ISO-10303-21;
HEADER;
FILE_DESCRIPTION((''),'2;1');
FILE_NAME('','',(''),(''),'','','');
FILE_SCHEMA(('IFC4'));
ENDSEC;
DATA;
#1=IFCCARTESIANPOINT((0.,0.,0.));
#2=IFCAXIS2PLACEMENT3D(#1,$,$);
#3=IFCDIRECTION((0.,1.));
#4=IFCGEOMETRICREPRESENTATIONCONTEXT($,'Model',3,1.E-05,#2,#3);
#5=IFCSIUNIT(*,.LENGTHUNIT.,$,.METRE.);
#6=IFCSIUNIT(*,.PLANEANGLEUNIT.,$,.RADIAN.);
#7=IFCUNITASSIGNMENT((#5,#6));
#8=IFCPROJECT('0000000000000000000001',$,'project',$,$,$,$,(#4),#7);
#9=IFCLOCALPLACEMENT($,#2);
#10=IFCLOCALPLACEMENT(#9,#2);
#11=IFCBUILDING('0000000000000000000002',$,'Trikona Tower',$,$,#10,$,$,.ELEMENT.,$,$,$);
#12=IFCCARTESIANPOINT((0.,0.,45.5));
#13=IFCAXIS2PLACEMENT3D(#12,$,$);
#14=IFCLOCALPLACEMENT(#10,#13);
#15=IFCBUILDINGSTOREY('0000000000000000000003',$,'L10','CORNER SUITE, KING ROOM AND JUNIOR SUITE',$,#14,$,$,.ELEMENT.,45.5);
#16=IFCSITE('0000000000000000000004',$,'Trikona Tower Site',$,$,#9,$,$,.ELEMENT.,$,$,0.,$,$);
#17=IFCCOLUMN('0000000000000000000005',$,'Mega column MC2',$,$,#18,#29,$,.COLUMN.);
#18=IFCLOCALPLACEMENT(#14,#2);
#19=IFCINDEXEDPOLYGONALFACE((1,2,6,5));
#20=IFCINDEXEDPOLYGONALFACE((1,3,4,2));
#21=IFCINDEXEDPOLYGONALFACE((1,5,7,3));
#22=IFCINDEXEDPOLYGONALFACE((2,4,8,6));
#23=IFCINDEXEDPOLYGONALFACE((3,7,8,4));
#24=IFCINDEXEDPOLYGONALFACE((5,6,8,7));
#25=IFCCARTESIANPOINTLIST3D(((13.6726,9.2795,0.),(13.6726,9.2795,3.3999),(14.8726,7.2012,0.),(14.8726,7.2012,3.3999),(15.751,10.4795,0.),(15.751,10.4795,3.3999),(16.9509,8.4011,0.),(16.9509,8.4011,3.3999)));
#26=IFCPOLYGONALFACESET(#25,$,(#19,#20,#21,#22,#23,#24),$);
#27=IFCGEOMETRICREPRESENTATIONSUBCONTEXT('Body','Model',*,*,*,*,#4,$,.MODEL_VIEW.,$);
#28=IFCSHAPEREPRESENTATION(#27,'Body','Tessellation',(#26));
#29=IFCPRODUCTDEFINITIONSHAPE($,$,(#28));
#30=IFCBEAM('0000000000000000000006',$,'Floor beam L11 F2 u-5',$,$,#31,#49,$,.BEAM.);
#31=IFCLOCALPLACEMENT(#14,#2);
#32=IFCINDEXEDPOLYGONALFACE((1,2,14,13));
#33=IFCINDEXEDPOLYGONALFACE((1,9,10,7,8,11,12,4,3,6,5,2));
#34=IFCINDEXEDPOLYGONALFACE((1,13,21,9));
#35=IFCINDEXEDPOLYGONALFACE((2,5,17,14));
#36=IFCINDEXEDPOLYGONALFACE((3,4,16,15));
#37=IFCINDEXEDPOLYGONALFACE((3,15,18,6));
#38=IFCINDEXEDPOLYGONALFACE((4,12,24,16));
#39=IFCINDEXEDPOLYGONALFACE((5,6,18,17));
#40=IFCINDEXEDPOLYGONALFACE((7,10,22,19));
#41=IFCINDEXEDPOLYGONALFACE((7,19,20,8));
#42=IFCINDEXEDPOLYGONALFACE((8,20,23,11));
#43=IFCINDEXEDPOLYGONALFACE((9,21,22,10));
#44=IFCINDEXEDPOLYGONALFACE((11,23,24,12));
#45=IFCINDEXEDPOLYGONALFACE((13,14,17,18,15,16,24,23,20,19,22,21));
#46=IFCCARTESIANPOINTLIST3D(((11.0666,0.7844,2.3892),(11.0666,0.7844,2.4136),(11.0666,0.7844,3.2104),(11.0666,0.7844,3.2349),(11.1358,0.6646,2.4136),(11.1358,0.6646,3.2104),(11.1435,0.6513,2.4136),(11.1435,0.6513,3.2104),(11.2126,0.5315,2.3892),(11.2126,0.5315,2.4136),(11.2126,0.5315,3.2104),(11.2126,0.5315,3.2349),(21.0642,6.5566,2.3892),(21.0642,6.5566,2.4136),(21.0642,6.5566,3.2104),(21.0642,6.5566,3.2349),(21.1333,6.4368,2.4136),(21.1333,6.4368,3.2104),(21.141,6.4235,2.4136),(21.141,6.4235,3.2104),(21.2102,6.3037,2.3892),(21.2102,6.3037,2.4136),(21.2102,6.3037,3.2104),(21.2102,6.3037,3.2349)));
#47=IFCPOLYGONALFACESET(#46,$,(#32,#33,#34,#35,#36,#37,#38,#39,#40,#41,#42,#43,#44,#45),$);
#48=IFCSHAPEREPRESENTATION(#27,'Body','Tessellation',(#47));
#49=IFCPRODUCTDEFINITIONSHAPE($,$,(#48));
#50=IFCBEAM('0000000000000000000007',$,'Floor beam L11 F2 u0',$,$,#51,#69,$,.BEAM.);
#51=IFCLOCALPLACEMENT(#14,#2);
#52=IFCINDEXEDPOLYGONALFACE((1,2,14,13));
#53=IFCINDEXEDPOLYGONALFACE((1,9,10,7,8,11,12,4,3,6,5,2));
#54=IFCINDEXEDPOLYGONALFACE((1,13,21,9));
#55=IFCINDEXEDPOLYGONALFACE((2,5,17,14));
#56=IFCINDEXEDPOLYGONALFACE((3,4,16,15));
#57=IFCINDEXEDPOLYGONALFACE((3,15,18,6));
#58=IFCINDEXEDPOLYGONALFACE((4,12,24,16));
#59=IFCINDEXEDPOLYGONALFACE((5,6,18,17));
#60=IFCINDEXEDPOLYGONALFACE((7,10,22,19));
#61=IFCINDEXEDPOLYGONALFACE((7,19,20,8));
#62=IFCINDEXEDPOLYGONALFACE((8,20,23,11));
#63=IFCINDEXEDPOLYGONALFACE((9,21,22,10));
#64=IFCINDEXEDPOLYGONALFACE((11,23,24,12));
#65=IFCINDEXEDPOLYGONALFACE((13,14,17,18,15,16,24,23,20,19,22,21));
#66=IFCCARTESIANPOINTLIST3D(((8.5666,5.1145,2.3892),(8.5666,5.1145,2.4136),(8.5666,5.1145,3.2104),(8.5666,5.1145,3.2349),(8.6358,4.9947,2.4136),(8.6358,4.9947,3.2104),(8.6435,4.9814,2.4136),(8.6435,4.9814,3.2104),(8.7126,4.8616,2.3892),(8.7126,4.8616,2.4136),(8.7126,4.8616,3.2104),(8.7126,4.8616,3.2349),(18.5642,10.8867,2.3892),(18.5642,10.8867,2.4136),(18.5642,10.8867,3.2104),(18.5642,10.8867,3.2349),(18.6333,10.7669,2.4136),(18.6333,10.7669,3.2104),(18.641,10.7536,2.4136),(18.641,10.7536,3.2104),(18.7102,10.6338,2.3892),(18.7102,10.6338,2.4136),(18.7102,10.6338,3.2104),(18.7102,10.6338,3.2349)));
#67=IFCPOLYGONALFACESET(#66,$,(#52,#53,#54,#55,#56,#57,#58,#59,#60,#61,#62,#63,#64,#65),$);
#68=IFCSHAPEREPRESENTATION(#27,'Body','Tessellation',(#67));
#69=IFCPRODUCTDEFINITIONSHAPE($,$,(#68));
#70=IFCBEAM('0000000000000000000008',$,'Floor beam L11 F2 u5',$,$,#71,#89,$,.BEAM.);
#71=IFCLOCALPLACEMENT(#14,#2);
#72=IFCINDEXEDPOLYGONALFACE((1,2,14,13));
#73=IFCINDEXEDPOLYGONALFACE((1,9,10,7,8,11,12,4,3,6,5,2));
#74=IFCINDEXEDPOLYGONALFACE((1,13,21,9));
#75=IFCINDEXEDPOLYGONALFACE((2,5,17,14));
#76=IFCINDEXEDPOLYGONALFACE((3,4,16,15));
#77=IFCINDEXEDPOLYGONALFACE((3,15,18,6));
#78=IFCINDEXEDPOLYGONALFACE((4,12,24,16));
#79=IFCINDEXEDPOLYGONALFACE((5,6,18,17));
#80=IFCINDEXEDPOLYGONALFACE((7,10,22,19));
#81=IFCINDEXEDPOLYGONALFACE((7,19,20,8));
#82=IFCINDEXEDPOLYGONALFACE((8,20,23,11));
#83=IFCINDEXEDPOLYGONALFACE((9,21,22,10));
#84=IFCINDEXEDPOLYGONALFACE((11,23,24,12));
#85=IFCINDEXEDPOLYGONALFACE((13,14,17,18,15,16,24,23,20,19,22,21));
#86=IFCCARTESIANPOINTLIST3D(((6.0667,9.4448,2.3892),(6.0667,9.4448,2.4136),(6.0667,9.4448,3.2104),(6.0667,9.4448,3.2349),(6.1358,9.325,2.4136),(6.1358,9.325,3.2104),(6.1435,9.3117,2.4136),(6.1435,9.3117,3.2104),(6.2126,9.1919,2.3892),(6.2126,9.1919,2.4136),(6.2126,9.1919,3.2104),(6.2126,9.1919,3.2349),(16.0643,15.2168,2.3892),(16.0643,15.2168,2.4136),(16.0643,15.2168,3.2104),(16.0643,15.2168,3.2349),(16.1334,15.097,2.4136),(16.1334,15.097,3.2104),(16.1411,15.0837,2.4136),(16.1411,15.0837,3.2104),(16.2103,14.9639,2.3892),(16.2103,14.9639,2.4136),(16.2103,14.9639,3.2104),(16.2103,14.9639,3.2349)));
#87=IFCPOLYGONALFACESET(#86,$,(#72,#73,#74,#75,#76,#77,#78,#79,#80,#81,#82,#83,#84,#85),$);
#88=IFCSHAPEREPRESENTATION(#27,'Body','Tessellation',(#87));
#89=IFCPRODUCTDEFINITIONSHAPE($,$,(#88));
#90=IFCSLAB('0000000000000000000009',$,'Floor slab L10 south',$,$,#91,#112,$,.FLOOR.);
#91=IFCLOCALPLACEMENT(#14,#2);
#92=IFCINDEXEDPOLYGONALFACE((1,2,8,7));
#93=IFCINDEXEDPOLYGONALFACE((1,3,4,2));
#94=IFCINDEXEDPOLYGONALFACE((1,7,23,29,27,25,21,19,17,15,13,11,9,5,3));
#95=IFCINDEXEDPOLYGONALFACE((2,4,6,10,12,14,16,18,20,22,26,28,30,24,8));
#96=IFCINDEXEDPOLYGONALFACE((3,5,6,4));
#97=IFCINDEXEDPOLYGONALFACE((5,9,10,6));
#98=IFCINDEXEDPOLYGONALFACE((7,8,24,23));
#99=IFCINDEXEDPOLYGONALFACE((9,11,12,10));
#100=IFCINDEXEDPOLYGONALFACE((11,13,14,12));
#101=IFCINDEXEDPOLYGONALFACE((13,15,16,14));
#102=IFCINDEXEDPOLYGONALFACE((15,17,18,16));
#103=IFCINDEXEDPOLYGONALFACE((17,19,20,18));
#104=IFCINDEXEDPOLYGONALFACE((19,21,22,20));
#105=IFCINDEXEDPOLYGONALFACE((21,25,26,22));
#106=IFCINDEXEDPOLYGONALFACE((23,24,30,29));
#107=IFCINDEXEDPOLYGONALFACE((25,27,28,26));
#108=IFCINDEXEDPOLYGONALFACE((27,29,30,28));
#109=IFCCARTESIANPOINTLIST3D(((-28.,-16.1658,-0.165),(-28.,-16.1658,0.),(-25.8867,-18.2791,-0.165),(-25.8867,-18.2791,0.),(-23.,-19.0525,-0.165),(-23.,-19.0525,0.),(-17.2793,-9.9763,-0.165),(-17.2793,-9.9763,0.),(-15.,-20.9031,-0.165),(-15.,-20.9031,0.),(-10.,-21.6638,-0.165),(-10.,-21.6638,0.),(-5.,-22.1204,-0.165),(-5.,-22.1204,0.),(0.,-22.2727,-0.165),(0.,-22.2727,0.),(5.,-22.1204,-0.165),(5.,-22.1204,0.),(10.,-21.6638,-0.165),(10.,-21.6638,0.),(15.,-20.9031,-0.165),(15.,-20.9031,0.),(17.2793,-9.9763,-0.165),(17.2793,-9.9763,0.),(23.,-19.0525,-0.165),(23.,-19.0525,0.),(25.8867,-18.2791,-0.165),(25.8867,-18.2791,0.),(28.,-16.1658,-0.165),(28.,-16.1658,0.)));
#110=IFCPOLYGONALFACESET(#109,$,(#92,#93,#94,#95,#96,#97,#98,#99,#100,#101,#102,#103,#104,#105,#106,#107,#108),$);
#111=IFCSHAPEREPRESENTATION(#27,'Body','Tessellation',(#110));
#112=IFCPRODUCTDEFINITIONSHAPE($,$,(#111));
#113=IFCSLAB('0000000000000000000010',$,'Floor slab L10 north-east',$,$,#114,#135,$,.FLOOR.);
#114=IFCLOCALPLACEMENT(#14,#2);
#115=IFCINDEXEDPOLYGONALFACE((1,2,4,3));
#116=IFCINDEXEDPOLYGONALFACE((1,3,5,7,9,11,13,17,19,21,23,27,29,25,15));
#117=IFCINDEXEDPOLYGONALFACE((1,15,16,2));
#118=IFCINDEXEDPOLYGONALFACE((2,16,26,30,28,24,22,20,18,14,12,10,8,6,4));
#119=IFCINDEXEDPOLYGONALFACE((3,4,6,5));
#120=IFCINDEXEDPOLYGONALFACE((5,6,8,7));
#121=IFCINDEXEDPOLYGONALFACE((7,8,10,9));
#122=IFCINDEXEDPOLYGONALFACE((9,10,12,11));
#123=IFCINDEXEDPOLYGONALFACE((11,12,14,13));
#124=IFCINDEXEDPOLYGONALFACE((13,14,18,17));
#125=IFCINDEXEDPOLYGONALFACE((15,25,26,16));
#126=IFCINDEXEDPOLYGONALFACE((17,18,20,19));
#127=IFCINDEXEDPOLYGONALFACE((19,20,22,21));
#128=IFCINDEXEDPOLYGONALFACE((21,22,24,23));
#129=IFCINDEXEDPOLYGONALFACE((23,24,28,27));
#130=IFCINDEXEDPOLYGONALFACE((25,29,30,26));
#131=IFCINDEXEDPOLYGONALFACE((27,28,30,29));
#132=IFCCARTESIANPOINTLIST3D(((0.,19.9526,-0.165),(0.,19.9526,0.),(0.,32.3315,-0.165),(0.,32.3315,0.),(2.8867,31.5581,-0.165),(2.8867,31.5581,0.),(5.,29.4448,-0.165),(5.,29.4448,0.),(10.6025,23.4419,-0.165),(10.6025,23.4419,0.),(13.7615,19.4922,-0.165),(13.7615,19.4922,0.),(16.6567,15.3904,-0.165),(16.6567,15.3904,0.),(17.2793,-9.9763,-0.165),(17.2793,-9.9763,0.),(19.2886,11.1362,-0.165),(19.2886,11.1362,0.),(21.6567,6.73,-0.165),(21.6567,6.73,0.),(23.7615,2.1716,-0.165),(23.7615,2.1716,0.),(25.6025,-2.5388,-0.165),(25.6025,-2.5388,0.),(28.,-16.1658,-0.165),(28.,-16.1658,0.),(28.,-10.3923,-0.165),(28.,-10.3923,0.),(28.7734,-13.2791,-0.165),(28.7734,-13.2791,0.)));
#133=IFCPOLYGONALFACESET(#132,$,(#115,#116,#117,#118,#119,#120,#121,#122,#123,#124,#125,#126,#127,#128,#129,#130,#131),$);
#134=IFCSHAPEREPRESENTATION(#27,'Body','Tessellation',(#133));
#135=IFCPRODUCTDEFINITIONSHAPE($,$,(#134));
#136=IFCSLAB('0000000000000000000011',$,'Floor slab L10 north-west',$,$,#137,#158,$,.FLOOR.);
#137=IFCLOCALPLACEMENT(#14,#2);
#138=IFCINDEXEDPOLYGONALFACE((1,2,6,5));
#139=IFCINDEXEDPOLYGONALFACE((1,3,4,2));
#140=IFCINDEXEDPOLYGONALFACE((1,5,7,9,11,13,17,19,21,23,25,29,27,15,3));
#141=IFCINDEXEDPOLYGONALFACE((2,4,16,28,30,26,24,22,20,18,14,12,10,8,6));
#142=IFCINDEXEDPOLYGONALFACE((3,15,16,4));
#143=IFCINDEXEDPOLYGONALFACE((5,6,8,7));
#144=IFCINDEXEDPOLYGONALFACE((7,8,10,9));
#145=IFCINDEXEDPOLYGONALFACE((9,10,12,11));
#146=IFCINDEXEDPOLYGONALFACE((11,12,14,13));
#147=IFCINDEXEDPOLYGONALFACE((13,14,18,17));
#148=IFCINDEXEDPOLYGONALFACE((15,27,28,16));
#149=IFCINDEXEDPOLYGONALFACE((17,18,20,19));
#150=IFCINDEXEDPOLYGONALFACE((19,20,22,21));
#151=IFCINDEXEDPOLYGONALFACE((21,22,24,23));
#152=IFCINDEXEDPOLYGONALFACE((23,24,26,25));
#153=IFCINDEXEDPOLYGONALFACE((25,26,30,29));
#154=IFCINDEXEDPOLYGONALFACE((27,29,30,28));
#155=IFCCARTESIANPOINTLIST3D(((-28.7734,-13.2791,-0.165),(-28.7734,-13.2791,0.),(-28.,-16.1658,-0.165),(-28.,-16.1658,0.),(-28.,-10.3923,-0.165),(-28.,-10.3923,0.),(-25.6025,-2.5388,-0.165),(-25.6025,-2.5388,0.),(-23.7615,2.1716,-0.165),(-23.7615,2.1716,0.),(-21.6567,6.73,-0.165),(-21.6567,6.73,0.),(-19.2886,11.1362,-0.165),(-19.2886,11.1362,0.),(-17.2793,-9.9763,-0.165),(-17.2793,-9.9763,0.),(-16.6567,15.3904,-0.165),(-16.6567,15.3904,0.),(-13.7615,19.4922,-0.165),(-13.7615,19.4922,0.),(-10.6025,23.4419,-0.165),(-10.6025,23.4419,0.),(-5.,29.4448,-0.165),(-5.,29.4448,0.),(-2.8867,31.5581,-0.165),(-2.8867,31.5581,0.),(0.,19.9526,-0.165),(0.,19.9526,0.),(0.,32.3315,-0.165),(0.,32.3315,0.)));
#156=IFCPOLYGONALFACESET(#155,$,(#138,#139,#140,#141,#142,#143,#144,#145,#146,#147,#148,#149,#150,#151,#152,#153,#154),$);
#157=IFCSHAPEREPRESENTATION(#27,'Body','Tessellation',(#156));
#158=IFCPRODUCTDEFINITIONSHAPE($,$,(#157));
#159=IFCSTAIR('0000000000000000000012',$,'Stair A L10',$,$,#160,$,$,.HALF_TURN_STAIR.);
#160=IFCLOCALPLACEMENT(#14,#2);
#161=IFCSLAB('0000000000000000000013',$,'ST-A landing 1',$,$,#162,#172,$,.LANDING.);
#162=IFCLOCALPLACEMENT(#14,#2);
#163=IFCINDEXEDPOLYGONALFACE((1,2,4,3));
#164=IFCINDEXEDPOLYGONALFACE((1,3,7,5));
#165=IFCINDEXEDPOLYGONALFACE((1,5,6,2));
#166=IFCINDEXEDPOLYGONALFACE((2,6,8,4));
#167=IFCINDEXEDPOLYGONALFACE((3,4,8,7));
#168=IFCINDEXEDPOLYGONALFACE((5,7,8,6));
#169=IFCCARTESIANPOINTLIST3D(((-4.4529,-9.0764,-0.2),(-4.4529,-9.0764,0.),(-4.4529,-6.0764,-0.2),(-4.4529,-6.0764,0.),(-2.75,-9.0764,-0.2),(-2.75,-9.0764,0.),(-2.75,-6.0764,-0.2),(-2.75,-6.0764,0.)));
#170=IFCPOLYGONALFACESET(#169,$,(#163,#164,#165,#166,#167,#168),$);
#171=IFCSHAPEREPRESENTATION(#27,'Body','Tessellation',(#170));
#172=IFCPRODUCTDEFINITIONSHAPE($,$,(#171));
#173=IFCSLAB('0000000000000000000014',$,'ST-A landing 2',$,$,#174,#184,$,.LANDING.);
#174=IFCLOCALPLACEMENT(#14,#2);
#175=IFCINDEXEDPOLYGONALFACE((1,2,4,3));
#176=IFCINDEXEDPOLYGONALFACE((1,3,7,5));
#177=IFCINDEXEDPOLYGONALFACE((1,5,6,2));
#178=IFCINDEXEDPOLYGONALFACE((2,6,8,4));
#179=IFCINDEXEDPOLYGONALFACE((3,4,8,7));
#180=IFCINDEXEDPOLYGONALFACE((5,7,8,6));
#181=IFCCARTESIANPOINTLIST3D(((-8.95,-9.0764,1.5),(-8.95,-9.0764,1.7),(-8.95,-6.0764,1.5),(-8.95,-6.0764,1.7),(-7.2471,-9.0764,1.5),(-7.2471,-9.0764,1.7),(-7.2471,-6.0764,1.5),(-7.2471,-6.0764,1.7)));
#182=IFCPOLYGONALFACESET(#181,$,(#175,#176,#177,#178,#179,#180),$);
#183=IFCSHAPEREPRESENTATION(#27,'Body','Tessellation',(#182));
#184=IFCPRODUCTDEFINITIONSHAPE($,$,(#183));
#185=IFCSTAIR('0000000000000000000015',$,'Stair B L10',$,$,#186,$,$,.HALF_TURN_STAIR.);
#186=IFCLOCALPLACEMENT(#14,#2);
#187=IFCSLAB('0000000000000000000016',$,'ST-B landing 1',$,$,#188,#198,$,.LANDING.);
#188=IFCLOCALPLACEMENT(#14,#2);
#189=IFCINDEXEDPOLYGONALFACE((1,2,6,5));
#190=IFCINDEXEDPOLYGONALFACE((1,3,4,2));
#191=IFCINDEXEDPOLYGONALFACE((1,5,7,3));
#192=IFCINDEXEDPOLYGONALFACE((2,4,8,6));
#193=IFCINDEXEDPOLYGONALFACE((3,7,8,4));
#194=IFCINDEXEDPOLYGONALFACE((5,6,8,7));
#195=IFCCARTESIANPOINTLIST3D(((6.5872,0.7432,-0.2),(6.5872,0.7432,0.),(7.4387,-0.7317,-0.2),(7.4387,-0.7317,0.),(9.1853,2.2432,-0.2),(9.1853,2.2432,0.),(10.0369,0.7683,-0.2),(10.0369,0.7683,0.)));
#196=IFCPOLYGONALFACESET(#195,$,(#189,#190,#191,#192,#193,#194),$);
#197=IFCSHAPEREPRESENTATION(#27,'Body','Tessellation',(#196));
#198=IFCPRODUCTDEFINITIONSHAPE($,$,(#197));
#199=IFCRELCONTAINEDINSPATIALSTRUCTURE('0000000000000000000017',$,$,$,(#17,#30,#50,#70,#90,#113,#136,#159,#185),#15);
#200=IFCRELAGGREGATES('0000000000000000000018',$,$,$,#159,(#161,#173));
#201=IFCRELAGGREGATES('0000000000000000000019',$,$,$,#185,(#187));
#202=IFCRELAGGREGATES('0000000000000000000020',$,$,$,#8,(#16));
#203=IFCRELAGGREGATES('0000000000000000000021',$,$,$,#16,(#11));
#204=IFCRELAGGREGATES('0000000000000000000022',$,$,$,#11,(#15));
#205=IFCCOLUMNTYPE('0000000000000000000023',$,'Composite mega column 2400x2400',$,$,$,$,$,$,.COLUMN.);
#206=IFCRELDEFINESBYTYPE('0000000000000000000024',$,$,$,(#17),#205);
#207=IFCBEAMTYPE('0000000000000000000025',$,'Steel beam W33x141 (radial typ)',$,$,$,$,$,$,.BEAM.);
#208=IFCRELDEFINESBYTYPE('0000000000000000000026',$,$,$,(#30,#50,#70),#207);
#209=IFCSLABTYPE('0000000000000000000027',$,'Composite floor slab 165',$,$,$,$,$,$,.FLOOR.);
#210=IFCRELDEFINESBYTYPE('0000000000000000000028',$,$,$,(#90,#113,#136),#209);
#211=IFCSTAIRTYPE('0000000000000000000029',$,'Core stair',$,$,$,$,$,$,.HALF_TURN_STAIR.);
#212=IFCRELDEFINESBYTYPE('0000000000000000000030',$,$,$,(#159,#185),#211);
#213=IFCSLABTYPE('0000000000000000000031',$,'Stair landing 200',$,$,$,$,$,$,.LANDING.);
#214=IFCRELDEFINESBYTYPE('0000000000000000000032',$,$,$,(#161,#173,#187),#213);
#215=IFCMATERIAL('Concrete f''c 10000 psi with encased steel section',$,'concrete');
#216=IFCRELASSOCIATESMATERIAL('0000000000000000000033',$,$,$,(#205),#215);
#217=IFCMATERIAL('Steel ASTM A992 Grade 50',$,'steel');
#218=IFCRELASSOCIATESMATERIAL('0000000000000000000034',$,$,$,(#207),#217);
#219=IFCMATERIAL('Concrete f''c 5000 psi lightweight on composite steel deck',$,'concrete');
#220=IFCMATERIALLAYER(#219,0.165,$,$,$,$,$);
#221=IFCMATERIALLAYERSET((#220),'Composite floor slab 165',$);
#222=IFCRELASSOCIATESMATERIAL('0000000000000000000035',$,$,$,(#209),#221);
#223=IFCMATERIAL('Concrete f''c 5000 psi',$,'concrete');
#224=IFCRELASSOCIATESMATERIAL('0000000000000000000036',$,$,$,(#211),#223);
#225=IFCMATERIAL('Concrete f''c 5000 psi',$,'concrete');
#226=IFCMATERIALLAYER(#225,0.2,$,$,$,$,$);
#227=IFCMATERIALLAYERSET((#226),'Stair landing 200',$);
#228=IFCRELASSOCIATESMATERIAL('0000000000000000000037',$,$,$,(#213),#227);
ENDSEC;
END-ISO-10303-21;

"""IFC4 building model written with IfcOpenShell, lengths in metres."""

from ifc_helpers import new_model, si_unit, direction, frame, origin, origin_2d, place, context, subcontext, project, spatial, polyline, rectangle, i_section, outline, extrude, material, layer, layer_set, material_profile, profile_set, type_object, element, aggregate, save


model = new_model("IFC4")

# Units and contexts
model_context = context("Model", 3, precision=1e-05, world=origin(), true_north=direction((0.0, 1.0)))
body_context = subcontext(model_context, "Body", "Model", "MODEL_VIEW")
ifc_project = project(units=[si_unit("LENGTHUNIT", "METRE"), si_unit("PLANEANGLEUNIT", "RADIAN")], contexts=[model_context])

# Site, building, storey
site_placement = place(None, origin())
site = spatial("IfcSite", under=ifc_project, at=site_placement, Name="Trikona Tower Site", CompositionType="ELEMENT", RefElevation=0.0)
building_placement = place(site_placement, origin())
building = spatial("IfcBuilding", under=site, at=building_placement, Name="Trikona Tower", CompositionType="ELEMENT")
storey_placement = place(building_placement, frame((0.0, 0.0, 45.5)))
storey = spatial("IfcBuildingStorey", under=building, at=storey_placement, Name="L10", Description="CORNER SUITE, KING ROOM AND JUNIOR SUITE", CompositionType="ELEMENT", Elevation=45.5)

# Column
ifc_material_1 = material(Name="Concrete f'c 10000 psi with encased steel section", Category="concrete")
ifc_material_profile_1 = material_profile(ifc_material_1, rectangle(XDim=2.3999, YDim=2.3999, at=origin_2d()), Name="MC2400")
ifc_profile_set_1 = profile_set([ifc_material_profile_1], Name="Concrete f'c 10000 psi with encased steel section")
column_type = type_object("IfcColumnType", Name="Composite mega column 2400x2400", PredefinedType="COLUMN", material=ifc_profile_set_1)
column_placement = place(storey_placement, frame((15.3118, 8.8403, 0.0), z_axis=(0.0, 0.0, 1.0), x_axis=(0.866025, 0.5, 0.0)))
element("IfcColumn", 1, at=column_placement, inside=storey, type_object=column_type, Name="Mega column MC2", PredefinedType="COLUMN", context=body_context, shape_type="SweptSolid", body=[
    extrude(rectangle(XDim=2.3999, YDim=2.3999, at=origin_2d()), origin(), (0.0, 0.0, 1.0), 3.3999),
])

# Beams
ifc_material_2 = material(Name="Steel ASTM A992 Grade 50", Category="steel")
ifc_material_profile_2 = material_profile(ifc_material_2, i_section(OverallWidth=0.292, OverallDepth=0.8457, WebThickness=0.0154, FlangeThickness=0.0244, at=origin_2d()), Name="W33X141")
ifc_profile_set_2 = profile_set([ifc_material_profile_2], Name="Steel ASTM A992 Grade 50")
beam_type = type_object("IfcBeamType", Name="Steel beam W33x141 (radial typ)", PredefinedType="BEAM", material=ifc_profile_set_2)
for number, where, z_axis, x_axis, name in (
    (2, (11.1396, 0.658, 2.812), (0.866021, 0.500008, 0.0), (-0.500008, 0.866021, 0.0), "Floor beam L11 F2 u-5"),
    (3, (8.6396, 4.988, 2.812), (0.866021, 0.500008, 0.0), (-0.500008, 0.866021, 0.0), "Floor beam L11 F2 u0"),
    (4, (6.1396, 9.3184, 2.812), (0.86603, 0.499992, 0.0), (-0.499992, 0.86603, 0.0), "Floor beam L11 F2 u5"),
):
    element("IfcBeam", number, at=place(storey_placement, frame(where, z_axis=z_axis, x_axis=x_axis)), inside=storey, type_object=beam_type, Name=name, PredefinedType="BEAM", context=body_context, shape_type="SweptSolid", body=[
        extrude(i_section(OverallWidth=0.292, OverallDepth=0.8457, WebThickness=0.0154, FlangeThickness=0.0244, at=origin_2d()), origin(), (0.0, 0.0, 1.0), 11.5442),
    ])

# Slabs
ifc_material_3 = material(Name="Concrete f'c 5000 psi lightweight on composite steel deck", Category="concrete")
ifc_layer_1 = layer(ifc_material_3, 0.165)
ifc_layer_set_1 = layer_set([ifc_layer_1], Name="Composite floor slab 165")
slab_type_1 = type_object("IfcSlabType", Name="Composite floor slab 165", PredefinedType="FLOOR", material=ifc_layer_set_1)
slab_1_placement = place(storey_placement, frame((0.0, 0.0, -0.165)))
element("IfcSlab", 5, at=slab_1_placement, inside=storey, type_object=slab_type_1, Name="Floor slab L10 south", PredefinedType="FLOOR", context=body_context, shape_type="SweptSolid", body=[
    extrude(outline(polyline([(25.8867, -18.2791), (28.0, -16.1658), (17.2793, -9.9763), (-17.2793, -9.9763), (-28.0, -16.1658), (-25.8867, -18.2791), (-23.0, -19.0525), (-15.0, -20.9031), (-10.0, -21.6638), (-5.0, -22.1204), (0.0, -22.2727), (5.0, -22.1204), (10.0, -21.6638), (15.0, -20.9031), (23.0, -19.0525), (25.8867, -18.2791)])), origin(), (0.0, 0.0, 1.0), 0.165),
])
slab_2_placement = place(storey_placement, frame((0.0, 0.0, -0.165)))
element("IfcSlab", 6, at=slab_2_placement, inside=storey, type_object=slab_type_1, Name="Floor slab L10 north-east", PredefinedType="FLOOR", context=body_context, shape_type="SweptSolid", body=[
    extrude(outline(polyline([(2.8867, 31.5581), (0.0, 32.3315), (0.0, 19.9526), (17.2793, -9.9763), (28.0, -16.1658), (28.7734, -13.2791), (28.0, -10.3923), (25.6025, -2.5388), (23.7615, 2.1716), (21.6567, 6.73), (19.2886, 11.1362), (16.6567, 15.3904), (13.7615, 19.4922), (10.6025, 23.4419), (5.0, 29.4448), (2.8867, 31.5581)])), origin(), (0.0, 0.0, 1.0), 0.165),
])
slab_3_placement = place(storey_placement, frame((0.0, 0.0, -0.165)))
element("IfcSlab", 7, at=slab_3_placement, inside=storey, type_object=slab_type_1, Name="Floor slab L10 north-west", PredefinedType="FLOOR", context=body_context, shape_type="SweptSolid", body=[
    extrude(outline(polyline([(0.0, 19.9526), (0.0, 32.3315), (-2.8867, 31.5581), (-5.0, 29.4448), (-10.6025, 23.4419), (-13.7615, 19.4922), (-16.6567, 15.3904), (-19.2886, 11.1362), (-21.6567, 6.73), (-23.7615, 2.1716), (-25.6025, -2.5388), (-28.0, -10.3923), (-28.7734, -13.2791), (-28.0, -16.1658), (-17.2793, -9.9763), (0.0, 19.9526)])), origin(), (0.0, 0.0, 1.0), 0.165),
])

# Stairs, slabs
ifc_material_4 = material(Name="Concrete f'c 5000 psi", Category="concrete")
stair_type = type_object("IfcStairType", Name="Core stair", PredefinedType="HALF_TURN_STAIR", material=ifc_material_4)
stair_1_placement = place(storey_placement, origin())
stair_1 = element("IfcStair", 8, at=stair_1_placement, inside=storey, type_object=stair_type, Name="Stair A L10", PredefinedType="HALF_TURN_STAIR")
ifc_material_5 = material(Name="Concrete f'c 5000 psi", Category="concrete")
ifc_layer_2 = layer(ifc_material_5, 0.2)
ifc_layer_set_2 = layer_set([ifc_layer_2], Name="Stair landing 200")
slab_type_2 = type_object("IfcSlabType", Name="Stair landing 200", PredefinedType="LANDING", material=ifc_layer_set_2)
slab_4_placement = place(storey_placement, frame((0.0, 0.0, -0.2)))
slab_4 = element("IfcSlab", 9, at=slab_4_placement, type_object=slab_type_2, Name="ST-A landing 1", PredefinedType="LANDING", context=body_context, shape_type="SweptSolid", body=[
    extrude(outline(polyline([(-4.4529, -6.0764), (-2.75, -6.0764), (-2.75, -9.0764), (-4.4529, -9.0764), (-4.4529, -6.0764)])), origin(), (0.0, 0.0, 1.0), 0.2),
])
slab_5_placement = place(storey_placement, frame((0.0, 0.0, 1.5)))
slab_5 = element("IfcSlab", 10, at=slab_5_placement, type_object=slab_type_2, Name="ST-A landing 2", PredefinedType="LANDING", context=body_context, shape_type="SweptSolid", body=[
    extrude(outline(polyline([(-8.95, -6.0764), (-7.2471, -6.0764), (-7.2471, -9.0764), (-8.95, -9.0764), (-8.95, -6.0764)])), origin(), (0.0, 0.0, 1.0), 0.2),
])
aggregate(stair_1, [slab_4, slab_5])
stair_2_placement = place(storey_placement, origin())
stair_2 = element("IfcStair", 11, at=stair_2_placement, inside=storey, type_object=stair_type, Name="Stair B L10", PredefinedType="HALF_TURN_STAIR")
slab_6_placement = place(storey_placement, frame((0.0, 0.0, -0.2)))
slab_6 = element("IfcSlab", 12, at=slab_6_placement, type_object=slab_type_2, Name="ST-B landing 1", PredefinedType="LANDING", context=body_context, shape_type="SweptSolid", body=[
    extrude(outline(polyline([(7.4387, -0.7317), (6.5872, 0.7432), (9.1853, 2.2432), (10.0369, 0.7683), (7.4387, -0.7317)])), origin(), (0.0, 0.0, 1.0), 0.2),
])

aggregate(stair_2, [slab_6])

save(model, "model.ifc")
